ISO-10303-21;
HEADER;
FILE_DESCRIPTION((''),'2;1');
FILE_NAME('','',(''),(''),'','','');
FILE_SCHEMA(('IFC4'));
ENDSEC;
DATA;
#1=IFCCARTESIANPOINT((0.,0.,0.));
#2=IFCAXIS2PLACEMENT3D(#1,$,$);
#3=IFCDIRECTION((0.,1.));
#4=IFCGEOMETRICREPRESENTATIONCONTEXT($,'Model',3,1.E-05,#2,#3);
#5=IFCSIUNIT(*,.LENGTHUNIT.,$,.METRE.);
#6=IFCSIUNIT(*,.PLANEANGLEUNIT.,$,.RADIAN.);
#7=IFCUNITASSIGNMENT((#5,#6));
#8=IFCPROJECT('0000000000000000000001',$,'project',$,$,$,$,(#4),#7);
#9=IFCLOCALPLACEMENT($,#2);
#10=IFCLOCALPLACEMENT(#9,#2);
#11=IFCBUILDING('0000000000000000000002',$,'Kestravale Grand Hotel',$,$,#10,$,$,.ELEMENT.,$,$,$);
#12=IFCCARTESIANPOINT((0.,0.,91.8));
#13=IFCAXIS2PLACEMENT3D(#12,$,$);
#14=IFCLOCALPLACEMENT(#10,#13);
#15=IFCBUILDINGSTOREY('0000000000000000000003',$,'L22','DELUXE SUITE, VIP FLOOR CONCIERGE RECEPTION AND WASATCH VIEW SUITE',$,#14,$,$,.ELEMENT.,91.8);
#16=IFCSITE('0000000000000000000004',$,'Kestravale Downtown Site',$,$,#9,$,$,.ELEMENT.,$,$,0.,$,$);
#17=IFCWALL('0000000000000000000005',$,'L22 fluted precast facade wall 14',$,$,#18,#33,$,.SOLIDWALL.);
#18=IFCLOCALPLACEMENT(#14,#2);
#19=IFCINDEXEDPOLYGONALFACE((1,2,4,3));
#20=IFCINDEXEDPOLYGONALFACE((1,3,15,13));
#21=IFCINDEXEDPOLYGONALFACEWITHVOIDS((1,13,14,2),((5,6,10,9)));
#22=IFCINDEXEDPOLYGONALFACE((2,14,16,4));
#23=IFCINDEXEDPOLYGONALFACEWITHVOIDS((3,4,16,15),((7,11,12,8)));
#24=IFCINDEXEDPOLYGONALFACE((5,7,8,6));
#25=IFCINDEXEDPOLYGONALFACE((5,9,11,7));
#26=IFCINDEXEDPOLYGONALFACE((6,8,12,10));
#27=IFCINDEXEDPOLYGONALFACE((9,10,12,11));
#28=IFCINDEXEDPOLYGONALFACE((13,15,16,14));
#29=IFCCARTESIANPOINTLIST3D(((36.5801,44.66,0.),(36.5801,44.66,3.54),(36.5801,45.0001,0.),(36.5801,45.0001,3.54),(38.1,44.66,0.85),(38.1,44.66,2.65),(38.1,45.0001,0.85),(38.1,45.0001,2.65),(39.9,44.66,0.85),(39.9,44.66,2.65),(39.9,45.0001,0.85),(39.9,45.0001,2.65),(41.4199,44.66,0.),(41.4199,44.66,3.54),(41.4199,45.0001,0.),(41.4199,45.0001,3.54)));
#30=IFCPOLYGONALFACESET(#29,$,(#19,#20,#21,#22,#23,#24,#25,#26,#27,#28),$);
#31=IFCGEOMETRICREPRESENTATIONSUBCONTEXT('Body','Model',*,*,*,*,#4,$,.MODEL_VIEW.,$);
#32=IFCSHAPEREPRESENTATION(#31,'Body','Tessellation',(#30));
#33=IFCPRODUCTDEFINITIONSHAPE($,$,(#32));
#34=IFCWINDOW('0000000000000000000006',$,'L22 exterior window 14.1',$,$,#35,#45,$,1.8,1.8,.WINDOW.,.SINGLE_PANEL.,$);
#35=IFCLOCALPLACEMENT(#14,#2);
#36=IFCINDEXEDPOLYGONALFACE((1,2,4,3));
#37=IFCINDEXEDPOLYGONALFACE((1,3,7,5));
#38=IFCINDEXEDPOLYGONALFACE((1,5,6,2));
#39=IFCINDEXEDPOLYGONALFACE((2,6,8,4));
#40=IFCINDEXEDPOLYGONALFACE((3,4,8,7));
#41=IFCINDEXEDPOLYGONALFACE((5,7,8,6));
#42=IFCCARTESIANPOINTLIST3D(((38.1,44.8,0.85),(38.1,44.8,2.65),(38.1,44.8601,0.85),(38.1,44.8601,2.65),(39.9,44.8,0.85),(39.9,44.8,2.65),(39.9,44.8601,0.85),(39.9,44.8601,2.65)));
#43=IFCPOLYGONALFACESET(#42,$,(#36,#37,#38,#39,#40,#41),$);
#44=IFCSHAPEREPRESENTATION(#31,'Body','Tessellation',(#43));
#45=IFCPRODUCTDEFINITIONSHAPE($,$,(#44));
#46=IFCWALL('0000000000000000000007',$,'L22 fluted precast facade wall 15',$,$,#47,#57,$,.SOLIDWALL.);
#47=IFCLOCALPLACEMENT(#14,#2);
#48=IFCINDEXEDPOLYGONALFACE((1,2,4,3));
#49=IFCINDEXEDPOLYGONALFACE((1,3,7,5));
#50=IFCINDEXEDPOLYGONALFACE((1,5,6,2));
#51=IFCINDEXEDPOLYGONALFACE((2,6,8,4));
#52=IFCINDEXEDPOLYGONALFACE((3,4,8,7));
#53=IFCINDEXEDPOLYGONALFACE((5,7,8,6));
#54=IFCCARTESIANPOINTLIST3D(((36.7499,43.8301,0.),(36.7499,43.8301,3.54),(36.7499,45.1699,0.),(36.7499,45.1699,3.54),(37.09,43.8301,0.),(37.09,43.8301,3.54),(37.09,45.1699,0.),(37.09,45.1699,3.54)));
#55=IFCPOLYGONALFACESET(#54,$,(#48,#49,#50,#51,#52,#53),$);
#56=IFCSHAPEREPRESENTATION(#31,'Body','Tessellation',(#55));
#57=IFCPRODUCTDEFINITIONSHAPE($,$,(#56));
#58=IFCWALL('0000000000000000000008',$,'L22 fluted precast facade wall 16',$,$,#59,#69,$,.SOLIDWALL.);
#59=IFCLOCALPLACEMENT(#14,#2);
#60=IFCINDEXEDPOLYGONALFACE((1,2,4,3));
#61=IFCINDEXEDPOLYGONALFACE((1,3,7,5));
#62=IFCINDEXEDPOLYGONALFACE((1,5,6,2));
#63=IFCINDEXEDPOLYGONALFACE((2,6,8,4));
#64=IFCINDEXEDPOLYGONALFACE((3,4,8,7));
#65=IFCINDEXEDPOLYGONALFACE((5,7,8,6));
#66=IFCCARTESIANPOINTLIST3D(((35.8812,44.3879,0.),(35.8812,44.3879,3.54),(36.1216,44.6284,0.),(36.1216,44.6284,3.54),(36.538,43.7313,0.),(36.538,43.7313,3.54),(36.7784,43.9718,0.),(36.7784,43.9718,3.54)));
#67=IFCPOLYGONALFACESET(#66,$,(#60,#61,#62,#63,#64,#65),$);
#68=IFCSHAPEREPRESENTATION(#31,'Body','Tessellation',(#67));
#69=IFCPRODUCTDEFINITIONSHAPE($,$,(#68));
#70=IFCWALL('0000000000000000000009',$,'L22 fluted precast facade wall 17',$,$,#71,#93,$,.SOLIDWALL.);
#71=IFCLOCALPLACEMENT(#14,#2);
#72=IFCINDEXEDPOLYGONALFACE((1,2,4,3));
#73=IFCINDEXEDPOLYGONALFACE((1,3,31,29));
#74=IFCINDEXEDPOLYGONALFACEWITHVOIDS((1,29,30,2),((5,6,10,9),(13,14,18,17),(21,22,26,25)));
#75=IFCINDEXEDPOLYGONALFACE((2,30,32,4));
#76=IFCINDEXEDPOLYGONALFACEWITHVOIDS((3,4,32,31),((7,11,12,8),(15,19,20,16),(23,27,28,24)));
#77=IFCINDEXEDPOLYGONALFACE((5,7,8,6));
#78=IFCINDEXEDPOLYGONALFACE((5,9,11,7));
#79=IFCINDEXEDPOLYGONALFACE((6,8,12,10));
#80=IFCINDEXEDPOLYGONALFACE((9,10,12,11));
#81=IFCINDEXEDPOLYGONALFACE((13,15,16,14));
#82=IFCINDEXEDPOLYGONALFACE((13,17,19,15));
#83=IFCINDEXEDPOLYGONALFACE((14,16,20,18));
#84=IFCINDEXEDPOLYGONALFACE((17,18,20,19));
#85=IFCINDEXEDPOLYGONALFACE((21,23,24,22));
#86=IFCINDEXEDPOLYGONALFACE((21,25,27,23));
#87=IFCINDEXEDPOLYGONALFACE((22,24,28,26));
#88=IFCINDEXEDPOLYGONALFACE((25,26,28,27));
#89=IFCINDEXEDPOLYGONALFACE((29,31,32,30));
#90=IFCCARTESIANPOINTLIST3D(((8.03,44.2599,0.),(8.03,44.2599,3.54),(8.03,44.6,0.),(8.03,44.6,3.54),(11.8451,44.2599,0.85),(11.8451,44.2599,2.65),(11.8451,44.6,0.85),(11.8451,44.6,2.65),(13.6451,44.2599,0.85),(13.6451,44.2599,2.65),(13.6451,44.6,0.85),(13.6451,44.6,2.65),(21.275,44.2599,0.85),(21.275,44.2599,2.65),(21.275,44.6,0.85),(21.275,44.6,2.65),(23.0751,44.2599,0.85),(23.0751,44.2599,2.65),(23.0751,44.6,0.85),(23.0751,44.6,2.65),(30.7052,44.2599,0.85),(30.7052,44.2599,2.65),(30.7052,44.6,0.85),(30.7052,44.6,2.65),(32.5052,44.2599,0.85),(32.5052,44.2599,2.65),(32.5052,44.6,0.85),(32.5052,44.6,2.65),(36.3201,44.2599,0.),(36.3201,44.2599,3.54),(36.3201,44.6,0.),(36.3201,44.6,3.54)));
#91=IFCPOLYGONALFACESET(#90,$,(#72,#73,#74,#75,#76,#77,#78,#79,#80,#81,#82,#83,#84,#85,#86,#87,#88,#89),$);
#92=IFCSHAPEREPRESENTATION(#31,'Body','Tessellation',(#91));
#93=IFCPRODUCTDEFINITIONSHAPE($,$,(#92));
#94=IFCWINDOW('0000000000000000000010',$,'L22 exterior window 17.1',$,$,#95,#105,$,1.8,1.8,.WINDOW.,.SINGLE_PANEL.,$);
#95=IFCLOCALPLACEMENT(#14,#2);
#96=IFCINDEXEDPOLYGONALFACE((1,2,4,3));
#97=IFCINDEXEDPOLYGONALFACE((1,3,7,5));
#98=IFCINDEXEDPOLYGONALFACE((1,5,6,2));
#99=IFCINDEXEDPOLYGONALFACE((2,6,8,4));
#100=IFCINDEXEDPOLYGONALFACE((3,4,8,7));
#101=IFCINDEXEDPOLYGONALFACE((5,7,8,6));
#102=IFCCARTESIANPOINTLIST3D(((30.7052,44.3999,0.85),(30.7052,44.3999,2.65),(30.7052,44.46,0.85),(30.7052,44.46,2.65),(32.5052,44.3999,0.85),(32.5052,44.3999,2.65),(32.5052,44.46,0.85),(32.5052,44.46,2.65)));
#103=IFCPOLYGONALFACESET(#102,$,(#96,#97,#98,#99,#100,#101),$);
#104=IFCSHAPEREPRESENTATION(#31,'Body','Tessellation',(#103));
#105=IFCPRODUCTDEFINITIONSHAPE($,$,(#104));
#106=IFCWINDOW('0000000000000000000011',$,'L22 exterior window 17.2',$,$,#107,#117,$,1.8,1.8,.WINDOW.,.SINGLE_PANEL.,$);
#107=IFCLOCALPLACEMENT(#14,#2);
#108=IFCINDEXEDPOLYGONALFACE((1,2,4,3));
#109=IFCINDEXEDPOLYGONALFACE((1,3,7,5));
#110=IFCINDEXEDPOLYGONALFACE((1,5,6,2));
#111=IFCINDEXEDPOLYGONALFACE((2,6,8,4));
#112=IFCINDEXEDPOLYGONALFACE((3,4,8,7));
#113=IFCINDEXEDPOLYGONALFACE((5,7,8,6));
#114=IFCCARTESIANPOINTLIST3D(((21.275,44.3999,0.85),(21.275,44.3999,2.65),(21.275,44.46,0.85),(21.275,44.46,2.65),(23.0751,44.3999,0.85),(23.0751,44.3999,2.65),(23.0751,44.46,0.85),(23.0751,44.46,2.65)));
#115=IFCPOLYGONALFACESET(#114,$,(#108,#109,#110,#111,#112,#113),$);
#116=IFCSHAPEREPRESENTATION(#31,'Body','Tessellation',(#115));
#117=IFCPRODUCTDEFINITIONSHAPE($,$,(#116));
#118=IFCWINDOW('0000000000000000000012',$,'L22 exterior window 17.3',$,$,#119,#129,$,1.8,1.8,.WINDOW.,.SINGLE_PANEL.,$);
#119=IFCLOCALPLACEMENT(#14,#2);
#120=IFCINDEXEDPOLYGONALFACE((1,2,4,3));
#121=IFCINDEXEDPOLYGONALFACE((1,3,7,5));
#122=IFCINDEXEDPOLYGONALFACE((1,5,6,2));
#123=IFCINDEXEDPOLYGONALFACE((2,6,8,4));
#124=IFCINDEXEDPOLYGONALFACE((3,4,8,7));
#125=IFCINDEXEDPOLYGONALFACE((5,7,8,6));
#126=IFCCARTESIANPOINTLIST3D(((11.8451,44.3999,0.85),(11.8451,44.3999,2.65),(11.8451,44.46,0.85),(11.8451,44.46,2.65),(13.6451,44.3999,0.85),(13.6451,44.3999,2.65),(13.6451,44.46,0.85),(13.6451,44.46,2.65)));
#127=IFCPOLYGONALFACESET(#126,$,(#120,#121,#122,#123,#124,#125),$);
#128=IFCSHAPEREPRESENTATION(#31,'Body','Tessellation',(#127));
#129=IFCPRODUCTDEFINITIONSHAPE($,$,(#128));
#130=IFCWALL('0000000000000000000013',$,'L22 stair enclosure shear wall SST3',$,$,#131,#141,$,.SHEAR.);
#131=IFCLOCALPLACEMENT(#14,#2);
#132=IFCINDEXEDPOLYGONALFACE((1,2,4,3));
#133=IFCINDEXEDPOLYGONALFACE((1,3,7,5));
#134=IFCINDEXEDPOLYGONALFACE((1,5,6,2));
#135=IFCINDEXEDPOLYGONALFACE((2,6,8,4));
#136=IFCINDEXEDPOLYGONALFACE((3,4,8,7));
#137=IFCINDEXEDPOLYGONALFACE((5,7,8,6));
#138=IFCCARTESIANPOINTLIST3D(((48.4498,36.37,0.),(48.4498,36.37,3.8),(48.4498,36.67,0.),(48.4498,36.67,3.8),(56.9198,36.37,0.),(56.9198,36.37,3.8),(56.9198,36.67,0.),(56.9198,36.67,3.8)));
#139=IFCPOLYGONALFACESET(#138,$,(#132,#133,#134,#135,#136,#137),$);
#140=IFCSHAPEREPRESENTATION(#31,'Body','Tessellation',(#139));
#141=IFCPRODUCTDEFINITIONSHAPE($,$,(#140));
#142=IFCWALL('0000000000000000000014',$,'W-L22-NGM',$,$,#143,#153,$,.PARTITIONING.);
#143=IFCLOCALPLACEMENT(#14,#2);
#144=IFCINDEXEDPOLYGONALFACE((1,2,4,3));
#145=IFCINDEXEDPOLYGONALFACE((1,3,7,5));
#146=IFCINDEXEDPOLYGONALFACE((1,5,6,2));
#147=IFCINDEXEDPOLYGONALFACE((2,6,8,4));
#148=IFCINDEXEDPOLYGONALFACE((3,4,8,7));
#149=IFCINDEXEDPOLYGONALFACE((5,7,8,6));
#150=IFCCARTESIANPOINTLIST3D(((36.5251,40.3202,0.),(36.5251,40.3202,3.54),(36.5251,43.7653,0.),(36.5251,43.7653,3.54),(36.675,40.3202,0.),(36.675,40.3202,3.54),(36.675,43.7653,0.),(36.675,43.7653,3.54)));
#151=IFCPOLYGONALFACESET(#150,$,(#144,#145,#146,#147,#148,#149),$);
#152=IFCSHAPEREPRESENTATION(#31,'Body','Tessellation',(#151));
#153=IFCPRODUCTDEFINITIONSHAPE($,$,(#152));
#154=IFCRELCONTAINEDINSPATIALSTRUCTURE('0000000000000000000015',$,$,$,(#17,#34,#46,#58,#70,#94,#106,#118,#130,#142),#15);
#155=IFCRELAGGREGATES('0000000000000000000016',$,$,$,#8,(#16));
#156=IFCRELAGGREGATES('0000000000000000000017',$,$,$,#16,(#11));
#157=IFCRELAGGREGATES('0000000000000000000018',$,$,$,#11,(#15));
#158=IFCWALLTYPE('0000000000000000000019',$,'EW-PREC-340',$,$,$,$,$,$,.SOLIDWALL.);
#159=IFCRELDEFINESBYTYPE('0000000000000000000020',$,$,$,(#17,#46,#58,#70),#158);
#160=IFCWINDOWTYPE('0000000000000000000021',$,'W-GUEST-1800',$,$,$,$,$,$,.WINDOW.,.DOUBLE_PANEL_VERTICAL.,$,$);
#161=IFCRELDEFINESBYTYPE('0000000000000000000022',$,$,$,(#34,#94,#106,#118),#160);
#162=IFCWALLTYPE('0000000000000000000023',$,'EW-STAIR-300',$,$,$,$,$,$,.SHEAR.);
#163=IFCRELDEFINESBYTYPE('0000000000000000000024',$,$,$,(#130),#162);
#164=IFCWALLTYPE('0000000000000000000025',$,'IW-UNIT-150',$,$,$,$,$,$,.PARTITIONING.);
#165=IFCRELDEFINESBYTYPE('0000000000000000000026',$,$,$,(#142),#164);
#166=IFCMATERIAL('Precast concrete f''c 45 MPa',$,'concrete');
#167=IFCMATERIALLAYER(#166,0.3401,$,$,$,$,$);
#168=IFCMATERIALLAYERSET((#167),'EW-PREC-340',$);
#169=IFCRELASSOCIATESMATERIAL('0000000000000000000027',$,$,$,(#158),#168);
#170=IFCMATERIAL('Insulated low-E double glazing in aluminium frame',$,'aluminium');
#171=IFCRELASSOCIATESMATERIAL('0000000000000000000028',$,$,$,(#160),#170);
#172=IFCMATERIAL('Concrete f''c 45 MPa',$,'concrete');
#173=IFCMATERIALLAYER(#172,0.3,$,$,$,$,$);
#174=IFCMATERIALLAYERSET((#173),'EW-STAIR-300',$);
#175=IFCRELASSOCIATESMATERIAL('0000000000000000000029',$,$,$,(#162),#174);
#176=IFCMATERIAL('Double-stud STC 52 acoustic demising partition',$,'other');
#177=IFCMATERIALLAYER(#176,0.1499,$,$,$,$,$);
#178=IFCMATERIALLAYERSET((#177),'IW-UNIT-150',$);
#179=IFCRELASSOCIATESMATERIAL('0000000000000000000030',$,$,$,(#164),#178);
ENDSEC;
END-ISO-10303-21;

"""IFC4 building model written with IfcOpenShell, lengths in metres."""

from ifc_helpers import new_model, si_unit, direction, frame, frame_2d, origin, place, context, subcontext, project, spatial, rectangle, extrude, material, layer, layer_set, type_object, element, fill, save


model = new_model("IFC4")

# Units and contexts
model_context = context("Model", 3, precision=1e-05, world=origin(), true_north=direction((0.0, 1.0)))
body_context = subcontext(model_context, "Body", "Model", "MODEL_VIEW")
ifc_project = project(units=[si_unit("LENGTHUNIT", "METRE"), si_unit("PLANEANGLEUNIT", "RADIAN")], contexts=[model_context])

# Site, building, storey
site_placement = place(None, origin())
site = spatial("IfcSite", under=ifc_project, at=site_placement, Name="Kestravale Downtown Site", CompositionType="ELEMENT", RefElevation=0.0)
building_placement = place(site_placement, origin())
building = spatial("IfcBuilding", under=site, at=building_placement, Name="Kestravale Grand Hotel", CompositionType="ELEMENT")
storey_placement = place(building_placement, frame((0.0, 0.0, 91.8)))
storey = spatial("IfcBuildingStorey", under=building, at=storey_placement, Name="L22", Description="DELUXE SUITE, VIP FLOOR CONCIERGE RECEPTION AND WASATCH VIEW SUITE", CompositionType="ELEMENT", Elevation=91.8)

# Shared definitions
ifc_material_1 = material(Name="Precast concrete f'c 45 MPa", Category="concrete")
ifc_layer_1 = layer(ifc_material_1, 0.3401)
ifc_layer_set_1 = layer_set([ifc_layer_1], Name="EW-PREC-340")
wall_type_1 = type_object("IfcWallType", Name="EW-PREC-340", PredefinedType="SOLIDWALL", material=ifc_layer_set_1)

# Wall, opening, window
ifc_material_2 = material(Name="Insulated low-E double glazing in aluminium frame", Category="aluminium")
window_type = type_object("IfcWindowType", Name="W-GUEST-1800", PartitioningType="DOUBLE_PANEL_VERTICAL", PredefinedType="WINDOW", material=ifc_material_2)
wall_1_placement = place(storey_placement, frame((41.4199, 44.8301, 0.0), z_axis=(0.0, 0.0, 1.0), x_axis=(-1.0, 0.0, 0.0)))
wall_1 = element("IfcWall", 1, at=wall_1_placement, inside=storey, type_object=wall_type_1, Name="L22 fluted precast facade wall 14", PredefinedType="SOLIDWALL", context=body_context, shape_type="SweptSolid", body=[
    extrude(rectangle(XDim=4.8398, YDim=0.3401, at=frame_2d((2.4199, 0.0))), origin(), (0.0, 0.0, 1.0), 3.54),
])
opening_1_placement = place(wall_1_placement, frame((1.52, 0.0, 0.8501)))
opening_1 = element("IfcOpeningElement", 2, at=opening_1_placement, cuts=wall_1, PredefinedType="OPENING", context=body_context, shape_type="SweptSolid", body=[
    extrude(rectangle(XDim=1.8, YDim=1.8, at=frame_2d((0.8999, 0.8999))), frame((0.0, 0.1799, 0.0), z_axis=(0.0, -1.0, 0.0), x_axis=(1.0, 0.0, 0.0)), (0.0, 0.0, 1.0), 0.3601),
])
window_1_placement = place(opening_1_placement, origin())
window_1 = element("IfcWindow", 3, at=window_1_placement, inside=storey, type_object=window_type, Name="L22 exterior window 14.1", OverallHeight=1.8, OverallWidth=1.8, PartitioningType="SINGLE_PANEL", PredefinedType="WINDOW", context=body_context, shape_type="SweptSolid", body=[
    extrude(rectangle(XDim=1.8, YDim=1.8, at=frame_2d((0.8999, 0.8999))), frame((0.0, 0.03, 0.0), z_axis=(0.0, -1.0, 0.0), x_axis=(1.0, 0.0, 0.0)), (0.0, 0.0, 1.0), 0.0601),
])
fill(opening_1, window_1)

# Walls
wall_2_placement = place(storey_placement, frame((36.9199, 45.1699, 0.0), z_axis=(0.0, 0.0, 1.0), x_axis=(0.0, -1.0, 0.0)))
element("IfcWall", 4, at=wall_2_placement, inside=storey, type_object=wall_type_1, Name="L22 fluted precast facade wall 15", PredefinedType="SOLIDWALL", context=body_context, shape_type="SweptSolid", body=[
    extrude(rectangle(XDim=1.3398, YDim=0.3401, at=frame_2d((0.6699, 0.0))), origin(), (0.0, 0.0, 1.0), 3.54),
])
wall_3_placement = place(storey_placement, frame((36.6582, 43.8516, 0.0), z_axis=(0.0, 0.0, 1.0), x_axis=(-0.707238, 0.706975, 0.0)))
element("IfcWall", 5, at=wall_3_placement, inside=storey, type_object=wall_type_1, Name="L22 fluted precast facade wall 16", PredefinedType="SOLIDWALL", context=body_context, shape_type="SweptSolid", body=[
    extrude(rectangle(XDim=0.9287, YDim=0.3401, at=frame_2d((0.4644, 0.0))), origin(), (0.0, 0.0, 1.0), 3.54),
])

# Wall, openings, windows
wall_4_placement = place(storey_placement, frame((36.3201, 44.4299, 0.0), z_axis=(0.0, 0.0, 1.0), x_axis=(-1.0, 0.0, 0.0)))
wall_4 = element("IfcWall", 6, at=wall_4_placement, inside=storey, type_object=wall_type_1, Name="L22 fluted precast facade wall 17", PredefinedType="SOLIDWALL", context=body_context, shape_type="SweptSolid", body=[
    extrude(rectangle(XDim=28.29, YDim=0.3401, at=frame_2d((14.145, 0.0))), origin(), (0.0, 0.0, 1.0), 3.54),
])
opening_2_placement = place(wall_4_placement, frame((3.8149, 0.0, 0.8501)))
opening_2 = element("IfcOpeningElement", 7, at=opening_2_placement, cuts=wall_4, PredefinedType="OPENING", context=body_context, shape_type="SweptSolid", body=[
    extrude(rectangle(XDim=1.8, YDim=1.8, at=frame_2d((0.8999, 0.8999))), frame((0.0, 0.1799, 0.0), z_axis=(0.0, -1.0, 0.0), x_axis=(1.0, 0.0, 0.0)), (0.0, 0.0, 1.0), 0.3601),
])
opening_3_placement = place(wall_4_placement, frame((13.2451, 0.0, 0.8501)))
opening_3 = element("IfcOpeningElement", 8, at=opening_3_placement, cuts=wall_4, PredefinedType="OPENING", context=body_context, shape_type="SweptSolid", body=[
    extrude(rectangle(XDim=1.8, YDim=1.8, at=frame_2d((0.8999, 0.8999))), frame((0.0, 0.1799, 0.0), z_axis=(0.0, -1.0, 0.0), x_axis=(1.0, 0.0, 0.0)), (0.0, 0.0, 1.0), 0.3601),
])
opening_4_placement = place(wall_4_placement, frame((22.675, 0.0, 0.8501)))
opening_4 = element("IfcOpeningElement", 9, at=opening_4_placement, cuts=wall_4, PredefinedType="OPENING", context=body_context, shape_type="SweptSolid", body=[
    extrude(rectangle(XDim=1.8, YDim=1.8, at=frame_2d((0.8999, 0.8999))), frame((0.0, 0.1799, 0.0), z_axis=(0.0, -1.0, 0.0), x_axis=(1.0, 0.0, 0.0)), (0.0, 0.0, 1.0), 0.3601),
])
window_2_placement = place(opening_2_placement, origin())
window_2 = element("IfcWindow", 10, at=window_2_placement, inside=storey, type_object=window_type, Name="L22 exterior window 17.1", OverallHeight=1.8, OverallWidth=1.8, PartitioningType="SINGLE_PANEL", PredefinedType="WINDOW", context=body_context, shape_type="SweptSolid", body=[
    extrude(rectangle(XDim=1.8, YDim=1.8, at=frame_2d((0.8999, 0.8999))), frame((0.0, 0.03, 0.0), z_axis=(0.0, -1.0, 0.0), x_axis=(1.0, 0.0, 0.0)), (0.0, 0.0, 1.0), 0.0601),
])
fill(opening_2, window_2)
window_3_placement = place(opening_3_placement, origin())
window_3 = element("IfcWindow", 11, at=window_3_placement, inside=storey, type_object=window_type, Name="L22 exterior window 17.2", OverallHeight=1.8, OverallWidth=1.8, PartitioningType="SINGLE_PANEL", PredefinedType="WINDOW", context=body_context, shape_type="SweptSolid", body=[
    extrude(rectangle(XDim=1.8, YDim=1.8, at=frame_2d((0.8999, 0.8999))), frame((0.0, 0.03, 0.0), z_axis=(0.0, -1.0, 0.0), x_axis=(1.0, 0.0, 0.0)), (0.0, 0.0, 1.0), 0.0601),
])
fill(opening_3, window_3)
window_4_placement = place(opening_4_placement, origin())
window_4 = element("IfcWindow", 12, at=window_4_placement, inside=storey, type_object=window_type, Name="L22 exterior window 17.3", OverallHeight=1.8, OverallWidth=1.8, PartitioningType="SINGLE_PANEL", PredefinedType="WINDOW", context=body_context, shape_type="SweptSolid", body=[
    extrude(rectangle(XDim=1.8, YDim=1.8, at=frame_2d((0.8999, 0.8999))), frame((0.0, 0.03, 0.0), z_axis=(0.0, -1.0, 0.0), x_axis=(1.0, 0.0, 0.0)), (0.0, 0.0, 1.0), 0.0601),
])
fill(opening_4, window_4)

# Walls
ifc_material_3 = material(Name="Concrete f'c 45 MPa", Category="concrete")
ifc_layer_2 = layer(ifc_material_3, 0.3)
ifc_layer_set_2 = layer_set([ifc_layer_2], Name="EW-STAIR-300")
wall_type_2 = type_object("IfcWallType", Name="EW-STAIR-300", PredefinedType="SHEAR", material=ifc_layer_set_2)
wall_5_placement = place(storey_placement, frame((48.45, 36.52, 0.0), z_axis=(0.0, 0.0, 1.0), x_axis=(1.0, 0.0, 0.0)))
element("IfcWall", 13, at=wall_5_placement, inside=storey, type_object=wall_type_2, Name="L22 stair enclosure shear wall SST3", PredefinedType="SHEAR", context=body_context, shape_type="SweptSolid", body=[
    extrude(rectangle(XDim=8.47, YDim=0.3, at=frame_2d((4.2349, 0.0))), origin(), (0.0, 0.0, 1.0), 3.8),
])
ifc_material_4 = material(Name="Double-stud STC 52 acoustic demising partition", Category="other")
ifc_layer_3 = layer(ifc_material_4, 0.1499)
ifc_layer_set_3 = layer_set([ifc_layer_3], Name="IW-UNIT-150")
wall_type_3 = type_object("IfcWallType", Name="IW-UNIT-150", PredefinedType="PARTITIONING", material=ifc_layer_set_3)
wall_6_placement = place(storey_placement, frame((36.6001, 40.3201, 0.0), z_axis=(0.0, 0.0, 1.0), x_axis=(0.0, 1.0, 0.0)))
element("IfcWall", 14, at=wall_6_placement, inside=storey, type_object=wall_type_3, Name="W-L22-NGM", PredefinedType="PARTITIONING", context=body_context, shape_type="SweptSolid", body=[
    extrude(rectangle(XDim=3.4451, YDim=0.1499, at=frame_2d((1.7227, 0.0))), origin(), (0.0, 0.0, 1.0), 3.54),
])

save(model, "model.ifc")
